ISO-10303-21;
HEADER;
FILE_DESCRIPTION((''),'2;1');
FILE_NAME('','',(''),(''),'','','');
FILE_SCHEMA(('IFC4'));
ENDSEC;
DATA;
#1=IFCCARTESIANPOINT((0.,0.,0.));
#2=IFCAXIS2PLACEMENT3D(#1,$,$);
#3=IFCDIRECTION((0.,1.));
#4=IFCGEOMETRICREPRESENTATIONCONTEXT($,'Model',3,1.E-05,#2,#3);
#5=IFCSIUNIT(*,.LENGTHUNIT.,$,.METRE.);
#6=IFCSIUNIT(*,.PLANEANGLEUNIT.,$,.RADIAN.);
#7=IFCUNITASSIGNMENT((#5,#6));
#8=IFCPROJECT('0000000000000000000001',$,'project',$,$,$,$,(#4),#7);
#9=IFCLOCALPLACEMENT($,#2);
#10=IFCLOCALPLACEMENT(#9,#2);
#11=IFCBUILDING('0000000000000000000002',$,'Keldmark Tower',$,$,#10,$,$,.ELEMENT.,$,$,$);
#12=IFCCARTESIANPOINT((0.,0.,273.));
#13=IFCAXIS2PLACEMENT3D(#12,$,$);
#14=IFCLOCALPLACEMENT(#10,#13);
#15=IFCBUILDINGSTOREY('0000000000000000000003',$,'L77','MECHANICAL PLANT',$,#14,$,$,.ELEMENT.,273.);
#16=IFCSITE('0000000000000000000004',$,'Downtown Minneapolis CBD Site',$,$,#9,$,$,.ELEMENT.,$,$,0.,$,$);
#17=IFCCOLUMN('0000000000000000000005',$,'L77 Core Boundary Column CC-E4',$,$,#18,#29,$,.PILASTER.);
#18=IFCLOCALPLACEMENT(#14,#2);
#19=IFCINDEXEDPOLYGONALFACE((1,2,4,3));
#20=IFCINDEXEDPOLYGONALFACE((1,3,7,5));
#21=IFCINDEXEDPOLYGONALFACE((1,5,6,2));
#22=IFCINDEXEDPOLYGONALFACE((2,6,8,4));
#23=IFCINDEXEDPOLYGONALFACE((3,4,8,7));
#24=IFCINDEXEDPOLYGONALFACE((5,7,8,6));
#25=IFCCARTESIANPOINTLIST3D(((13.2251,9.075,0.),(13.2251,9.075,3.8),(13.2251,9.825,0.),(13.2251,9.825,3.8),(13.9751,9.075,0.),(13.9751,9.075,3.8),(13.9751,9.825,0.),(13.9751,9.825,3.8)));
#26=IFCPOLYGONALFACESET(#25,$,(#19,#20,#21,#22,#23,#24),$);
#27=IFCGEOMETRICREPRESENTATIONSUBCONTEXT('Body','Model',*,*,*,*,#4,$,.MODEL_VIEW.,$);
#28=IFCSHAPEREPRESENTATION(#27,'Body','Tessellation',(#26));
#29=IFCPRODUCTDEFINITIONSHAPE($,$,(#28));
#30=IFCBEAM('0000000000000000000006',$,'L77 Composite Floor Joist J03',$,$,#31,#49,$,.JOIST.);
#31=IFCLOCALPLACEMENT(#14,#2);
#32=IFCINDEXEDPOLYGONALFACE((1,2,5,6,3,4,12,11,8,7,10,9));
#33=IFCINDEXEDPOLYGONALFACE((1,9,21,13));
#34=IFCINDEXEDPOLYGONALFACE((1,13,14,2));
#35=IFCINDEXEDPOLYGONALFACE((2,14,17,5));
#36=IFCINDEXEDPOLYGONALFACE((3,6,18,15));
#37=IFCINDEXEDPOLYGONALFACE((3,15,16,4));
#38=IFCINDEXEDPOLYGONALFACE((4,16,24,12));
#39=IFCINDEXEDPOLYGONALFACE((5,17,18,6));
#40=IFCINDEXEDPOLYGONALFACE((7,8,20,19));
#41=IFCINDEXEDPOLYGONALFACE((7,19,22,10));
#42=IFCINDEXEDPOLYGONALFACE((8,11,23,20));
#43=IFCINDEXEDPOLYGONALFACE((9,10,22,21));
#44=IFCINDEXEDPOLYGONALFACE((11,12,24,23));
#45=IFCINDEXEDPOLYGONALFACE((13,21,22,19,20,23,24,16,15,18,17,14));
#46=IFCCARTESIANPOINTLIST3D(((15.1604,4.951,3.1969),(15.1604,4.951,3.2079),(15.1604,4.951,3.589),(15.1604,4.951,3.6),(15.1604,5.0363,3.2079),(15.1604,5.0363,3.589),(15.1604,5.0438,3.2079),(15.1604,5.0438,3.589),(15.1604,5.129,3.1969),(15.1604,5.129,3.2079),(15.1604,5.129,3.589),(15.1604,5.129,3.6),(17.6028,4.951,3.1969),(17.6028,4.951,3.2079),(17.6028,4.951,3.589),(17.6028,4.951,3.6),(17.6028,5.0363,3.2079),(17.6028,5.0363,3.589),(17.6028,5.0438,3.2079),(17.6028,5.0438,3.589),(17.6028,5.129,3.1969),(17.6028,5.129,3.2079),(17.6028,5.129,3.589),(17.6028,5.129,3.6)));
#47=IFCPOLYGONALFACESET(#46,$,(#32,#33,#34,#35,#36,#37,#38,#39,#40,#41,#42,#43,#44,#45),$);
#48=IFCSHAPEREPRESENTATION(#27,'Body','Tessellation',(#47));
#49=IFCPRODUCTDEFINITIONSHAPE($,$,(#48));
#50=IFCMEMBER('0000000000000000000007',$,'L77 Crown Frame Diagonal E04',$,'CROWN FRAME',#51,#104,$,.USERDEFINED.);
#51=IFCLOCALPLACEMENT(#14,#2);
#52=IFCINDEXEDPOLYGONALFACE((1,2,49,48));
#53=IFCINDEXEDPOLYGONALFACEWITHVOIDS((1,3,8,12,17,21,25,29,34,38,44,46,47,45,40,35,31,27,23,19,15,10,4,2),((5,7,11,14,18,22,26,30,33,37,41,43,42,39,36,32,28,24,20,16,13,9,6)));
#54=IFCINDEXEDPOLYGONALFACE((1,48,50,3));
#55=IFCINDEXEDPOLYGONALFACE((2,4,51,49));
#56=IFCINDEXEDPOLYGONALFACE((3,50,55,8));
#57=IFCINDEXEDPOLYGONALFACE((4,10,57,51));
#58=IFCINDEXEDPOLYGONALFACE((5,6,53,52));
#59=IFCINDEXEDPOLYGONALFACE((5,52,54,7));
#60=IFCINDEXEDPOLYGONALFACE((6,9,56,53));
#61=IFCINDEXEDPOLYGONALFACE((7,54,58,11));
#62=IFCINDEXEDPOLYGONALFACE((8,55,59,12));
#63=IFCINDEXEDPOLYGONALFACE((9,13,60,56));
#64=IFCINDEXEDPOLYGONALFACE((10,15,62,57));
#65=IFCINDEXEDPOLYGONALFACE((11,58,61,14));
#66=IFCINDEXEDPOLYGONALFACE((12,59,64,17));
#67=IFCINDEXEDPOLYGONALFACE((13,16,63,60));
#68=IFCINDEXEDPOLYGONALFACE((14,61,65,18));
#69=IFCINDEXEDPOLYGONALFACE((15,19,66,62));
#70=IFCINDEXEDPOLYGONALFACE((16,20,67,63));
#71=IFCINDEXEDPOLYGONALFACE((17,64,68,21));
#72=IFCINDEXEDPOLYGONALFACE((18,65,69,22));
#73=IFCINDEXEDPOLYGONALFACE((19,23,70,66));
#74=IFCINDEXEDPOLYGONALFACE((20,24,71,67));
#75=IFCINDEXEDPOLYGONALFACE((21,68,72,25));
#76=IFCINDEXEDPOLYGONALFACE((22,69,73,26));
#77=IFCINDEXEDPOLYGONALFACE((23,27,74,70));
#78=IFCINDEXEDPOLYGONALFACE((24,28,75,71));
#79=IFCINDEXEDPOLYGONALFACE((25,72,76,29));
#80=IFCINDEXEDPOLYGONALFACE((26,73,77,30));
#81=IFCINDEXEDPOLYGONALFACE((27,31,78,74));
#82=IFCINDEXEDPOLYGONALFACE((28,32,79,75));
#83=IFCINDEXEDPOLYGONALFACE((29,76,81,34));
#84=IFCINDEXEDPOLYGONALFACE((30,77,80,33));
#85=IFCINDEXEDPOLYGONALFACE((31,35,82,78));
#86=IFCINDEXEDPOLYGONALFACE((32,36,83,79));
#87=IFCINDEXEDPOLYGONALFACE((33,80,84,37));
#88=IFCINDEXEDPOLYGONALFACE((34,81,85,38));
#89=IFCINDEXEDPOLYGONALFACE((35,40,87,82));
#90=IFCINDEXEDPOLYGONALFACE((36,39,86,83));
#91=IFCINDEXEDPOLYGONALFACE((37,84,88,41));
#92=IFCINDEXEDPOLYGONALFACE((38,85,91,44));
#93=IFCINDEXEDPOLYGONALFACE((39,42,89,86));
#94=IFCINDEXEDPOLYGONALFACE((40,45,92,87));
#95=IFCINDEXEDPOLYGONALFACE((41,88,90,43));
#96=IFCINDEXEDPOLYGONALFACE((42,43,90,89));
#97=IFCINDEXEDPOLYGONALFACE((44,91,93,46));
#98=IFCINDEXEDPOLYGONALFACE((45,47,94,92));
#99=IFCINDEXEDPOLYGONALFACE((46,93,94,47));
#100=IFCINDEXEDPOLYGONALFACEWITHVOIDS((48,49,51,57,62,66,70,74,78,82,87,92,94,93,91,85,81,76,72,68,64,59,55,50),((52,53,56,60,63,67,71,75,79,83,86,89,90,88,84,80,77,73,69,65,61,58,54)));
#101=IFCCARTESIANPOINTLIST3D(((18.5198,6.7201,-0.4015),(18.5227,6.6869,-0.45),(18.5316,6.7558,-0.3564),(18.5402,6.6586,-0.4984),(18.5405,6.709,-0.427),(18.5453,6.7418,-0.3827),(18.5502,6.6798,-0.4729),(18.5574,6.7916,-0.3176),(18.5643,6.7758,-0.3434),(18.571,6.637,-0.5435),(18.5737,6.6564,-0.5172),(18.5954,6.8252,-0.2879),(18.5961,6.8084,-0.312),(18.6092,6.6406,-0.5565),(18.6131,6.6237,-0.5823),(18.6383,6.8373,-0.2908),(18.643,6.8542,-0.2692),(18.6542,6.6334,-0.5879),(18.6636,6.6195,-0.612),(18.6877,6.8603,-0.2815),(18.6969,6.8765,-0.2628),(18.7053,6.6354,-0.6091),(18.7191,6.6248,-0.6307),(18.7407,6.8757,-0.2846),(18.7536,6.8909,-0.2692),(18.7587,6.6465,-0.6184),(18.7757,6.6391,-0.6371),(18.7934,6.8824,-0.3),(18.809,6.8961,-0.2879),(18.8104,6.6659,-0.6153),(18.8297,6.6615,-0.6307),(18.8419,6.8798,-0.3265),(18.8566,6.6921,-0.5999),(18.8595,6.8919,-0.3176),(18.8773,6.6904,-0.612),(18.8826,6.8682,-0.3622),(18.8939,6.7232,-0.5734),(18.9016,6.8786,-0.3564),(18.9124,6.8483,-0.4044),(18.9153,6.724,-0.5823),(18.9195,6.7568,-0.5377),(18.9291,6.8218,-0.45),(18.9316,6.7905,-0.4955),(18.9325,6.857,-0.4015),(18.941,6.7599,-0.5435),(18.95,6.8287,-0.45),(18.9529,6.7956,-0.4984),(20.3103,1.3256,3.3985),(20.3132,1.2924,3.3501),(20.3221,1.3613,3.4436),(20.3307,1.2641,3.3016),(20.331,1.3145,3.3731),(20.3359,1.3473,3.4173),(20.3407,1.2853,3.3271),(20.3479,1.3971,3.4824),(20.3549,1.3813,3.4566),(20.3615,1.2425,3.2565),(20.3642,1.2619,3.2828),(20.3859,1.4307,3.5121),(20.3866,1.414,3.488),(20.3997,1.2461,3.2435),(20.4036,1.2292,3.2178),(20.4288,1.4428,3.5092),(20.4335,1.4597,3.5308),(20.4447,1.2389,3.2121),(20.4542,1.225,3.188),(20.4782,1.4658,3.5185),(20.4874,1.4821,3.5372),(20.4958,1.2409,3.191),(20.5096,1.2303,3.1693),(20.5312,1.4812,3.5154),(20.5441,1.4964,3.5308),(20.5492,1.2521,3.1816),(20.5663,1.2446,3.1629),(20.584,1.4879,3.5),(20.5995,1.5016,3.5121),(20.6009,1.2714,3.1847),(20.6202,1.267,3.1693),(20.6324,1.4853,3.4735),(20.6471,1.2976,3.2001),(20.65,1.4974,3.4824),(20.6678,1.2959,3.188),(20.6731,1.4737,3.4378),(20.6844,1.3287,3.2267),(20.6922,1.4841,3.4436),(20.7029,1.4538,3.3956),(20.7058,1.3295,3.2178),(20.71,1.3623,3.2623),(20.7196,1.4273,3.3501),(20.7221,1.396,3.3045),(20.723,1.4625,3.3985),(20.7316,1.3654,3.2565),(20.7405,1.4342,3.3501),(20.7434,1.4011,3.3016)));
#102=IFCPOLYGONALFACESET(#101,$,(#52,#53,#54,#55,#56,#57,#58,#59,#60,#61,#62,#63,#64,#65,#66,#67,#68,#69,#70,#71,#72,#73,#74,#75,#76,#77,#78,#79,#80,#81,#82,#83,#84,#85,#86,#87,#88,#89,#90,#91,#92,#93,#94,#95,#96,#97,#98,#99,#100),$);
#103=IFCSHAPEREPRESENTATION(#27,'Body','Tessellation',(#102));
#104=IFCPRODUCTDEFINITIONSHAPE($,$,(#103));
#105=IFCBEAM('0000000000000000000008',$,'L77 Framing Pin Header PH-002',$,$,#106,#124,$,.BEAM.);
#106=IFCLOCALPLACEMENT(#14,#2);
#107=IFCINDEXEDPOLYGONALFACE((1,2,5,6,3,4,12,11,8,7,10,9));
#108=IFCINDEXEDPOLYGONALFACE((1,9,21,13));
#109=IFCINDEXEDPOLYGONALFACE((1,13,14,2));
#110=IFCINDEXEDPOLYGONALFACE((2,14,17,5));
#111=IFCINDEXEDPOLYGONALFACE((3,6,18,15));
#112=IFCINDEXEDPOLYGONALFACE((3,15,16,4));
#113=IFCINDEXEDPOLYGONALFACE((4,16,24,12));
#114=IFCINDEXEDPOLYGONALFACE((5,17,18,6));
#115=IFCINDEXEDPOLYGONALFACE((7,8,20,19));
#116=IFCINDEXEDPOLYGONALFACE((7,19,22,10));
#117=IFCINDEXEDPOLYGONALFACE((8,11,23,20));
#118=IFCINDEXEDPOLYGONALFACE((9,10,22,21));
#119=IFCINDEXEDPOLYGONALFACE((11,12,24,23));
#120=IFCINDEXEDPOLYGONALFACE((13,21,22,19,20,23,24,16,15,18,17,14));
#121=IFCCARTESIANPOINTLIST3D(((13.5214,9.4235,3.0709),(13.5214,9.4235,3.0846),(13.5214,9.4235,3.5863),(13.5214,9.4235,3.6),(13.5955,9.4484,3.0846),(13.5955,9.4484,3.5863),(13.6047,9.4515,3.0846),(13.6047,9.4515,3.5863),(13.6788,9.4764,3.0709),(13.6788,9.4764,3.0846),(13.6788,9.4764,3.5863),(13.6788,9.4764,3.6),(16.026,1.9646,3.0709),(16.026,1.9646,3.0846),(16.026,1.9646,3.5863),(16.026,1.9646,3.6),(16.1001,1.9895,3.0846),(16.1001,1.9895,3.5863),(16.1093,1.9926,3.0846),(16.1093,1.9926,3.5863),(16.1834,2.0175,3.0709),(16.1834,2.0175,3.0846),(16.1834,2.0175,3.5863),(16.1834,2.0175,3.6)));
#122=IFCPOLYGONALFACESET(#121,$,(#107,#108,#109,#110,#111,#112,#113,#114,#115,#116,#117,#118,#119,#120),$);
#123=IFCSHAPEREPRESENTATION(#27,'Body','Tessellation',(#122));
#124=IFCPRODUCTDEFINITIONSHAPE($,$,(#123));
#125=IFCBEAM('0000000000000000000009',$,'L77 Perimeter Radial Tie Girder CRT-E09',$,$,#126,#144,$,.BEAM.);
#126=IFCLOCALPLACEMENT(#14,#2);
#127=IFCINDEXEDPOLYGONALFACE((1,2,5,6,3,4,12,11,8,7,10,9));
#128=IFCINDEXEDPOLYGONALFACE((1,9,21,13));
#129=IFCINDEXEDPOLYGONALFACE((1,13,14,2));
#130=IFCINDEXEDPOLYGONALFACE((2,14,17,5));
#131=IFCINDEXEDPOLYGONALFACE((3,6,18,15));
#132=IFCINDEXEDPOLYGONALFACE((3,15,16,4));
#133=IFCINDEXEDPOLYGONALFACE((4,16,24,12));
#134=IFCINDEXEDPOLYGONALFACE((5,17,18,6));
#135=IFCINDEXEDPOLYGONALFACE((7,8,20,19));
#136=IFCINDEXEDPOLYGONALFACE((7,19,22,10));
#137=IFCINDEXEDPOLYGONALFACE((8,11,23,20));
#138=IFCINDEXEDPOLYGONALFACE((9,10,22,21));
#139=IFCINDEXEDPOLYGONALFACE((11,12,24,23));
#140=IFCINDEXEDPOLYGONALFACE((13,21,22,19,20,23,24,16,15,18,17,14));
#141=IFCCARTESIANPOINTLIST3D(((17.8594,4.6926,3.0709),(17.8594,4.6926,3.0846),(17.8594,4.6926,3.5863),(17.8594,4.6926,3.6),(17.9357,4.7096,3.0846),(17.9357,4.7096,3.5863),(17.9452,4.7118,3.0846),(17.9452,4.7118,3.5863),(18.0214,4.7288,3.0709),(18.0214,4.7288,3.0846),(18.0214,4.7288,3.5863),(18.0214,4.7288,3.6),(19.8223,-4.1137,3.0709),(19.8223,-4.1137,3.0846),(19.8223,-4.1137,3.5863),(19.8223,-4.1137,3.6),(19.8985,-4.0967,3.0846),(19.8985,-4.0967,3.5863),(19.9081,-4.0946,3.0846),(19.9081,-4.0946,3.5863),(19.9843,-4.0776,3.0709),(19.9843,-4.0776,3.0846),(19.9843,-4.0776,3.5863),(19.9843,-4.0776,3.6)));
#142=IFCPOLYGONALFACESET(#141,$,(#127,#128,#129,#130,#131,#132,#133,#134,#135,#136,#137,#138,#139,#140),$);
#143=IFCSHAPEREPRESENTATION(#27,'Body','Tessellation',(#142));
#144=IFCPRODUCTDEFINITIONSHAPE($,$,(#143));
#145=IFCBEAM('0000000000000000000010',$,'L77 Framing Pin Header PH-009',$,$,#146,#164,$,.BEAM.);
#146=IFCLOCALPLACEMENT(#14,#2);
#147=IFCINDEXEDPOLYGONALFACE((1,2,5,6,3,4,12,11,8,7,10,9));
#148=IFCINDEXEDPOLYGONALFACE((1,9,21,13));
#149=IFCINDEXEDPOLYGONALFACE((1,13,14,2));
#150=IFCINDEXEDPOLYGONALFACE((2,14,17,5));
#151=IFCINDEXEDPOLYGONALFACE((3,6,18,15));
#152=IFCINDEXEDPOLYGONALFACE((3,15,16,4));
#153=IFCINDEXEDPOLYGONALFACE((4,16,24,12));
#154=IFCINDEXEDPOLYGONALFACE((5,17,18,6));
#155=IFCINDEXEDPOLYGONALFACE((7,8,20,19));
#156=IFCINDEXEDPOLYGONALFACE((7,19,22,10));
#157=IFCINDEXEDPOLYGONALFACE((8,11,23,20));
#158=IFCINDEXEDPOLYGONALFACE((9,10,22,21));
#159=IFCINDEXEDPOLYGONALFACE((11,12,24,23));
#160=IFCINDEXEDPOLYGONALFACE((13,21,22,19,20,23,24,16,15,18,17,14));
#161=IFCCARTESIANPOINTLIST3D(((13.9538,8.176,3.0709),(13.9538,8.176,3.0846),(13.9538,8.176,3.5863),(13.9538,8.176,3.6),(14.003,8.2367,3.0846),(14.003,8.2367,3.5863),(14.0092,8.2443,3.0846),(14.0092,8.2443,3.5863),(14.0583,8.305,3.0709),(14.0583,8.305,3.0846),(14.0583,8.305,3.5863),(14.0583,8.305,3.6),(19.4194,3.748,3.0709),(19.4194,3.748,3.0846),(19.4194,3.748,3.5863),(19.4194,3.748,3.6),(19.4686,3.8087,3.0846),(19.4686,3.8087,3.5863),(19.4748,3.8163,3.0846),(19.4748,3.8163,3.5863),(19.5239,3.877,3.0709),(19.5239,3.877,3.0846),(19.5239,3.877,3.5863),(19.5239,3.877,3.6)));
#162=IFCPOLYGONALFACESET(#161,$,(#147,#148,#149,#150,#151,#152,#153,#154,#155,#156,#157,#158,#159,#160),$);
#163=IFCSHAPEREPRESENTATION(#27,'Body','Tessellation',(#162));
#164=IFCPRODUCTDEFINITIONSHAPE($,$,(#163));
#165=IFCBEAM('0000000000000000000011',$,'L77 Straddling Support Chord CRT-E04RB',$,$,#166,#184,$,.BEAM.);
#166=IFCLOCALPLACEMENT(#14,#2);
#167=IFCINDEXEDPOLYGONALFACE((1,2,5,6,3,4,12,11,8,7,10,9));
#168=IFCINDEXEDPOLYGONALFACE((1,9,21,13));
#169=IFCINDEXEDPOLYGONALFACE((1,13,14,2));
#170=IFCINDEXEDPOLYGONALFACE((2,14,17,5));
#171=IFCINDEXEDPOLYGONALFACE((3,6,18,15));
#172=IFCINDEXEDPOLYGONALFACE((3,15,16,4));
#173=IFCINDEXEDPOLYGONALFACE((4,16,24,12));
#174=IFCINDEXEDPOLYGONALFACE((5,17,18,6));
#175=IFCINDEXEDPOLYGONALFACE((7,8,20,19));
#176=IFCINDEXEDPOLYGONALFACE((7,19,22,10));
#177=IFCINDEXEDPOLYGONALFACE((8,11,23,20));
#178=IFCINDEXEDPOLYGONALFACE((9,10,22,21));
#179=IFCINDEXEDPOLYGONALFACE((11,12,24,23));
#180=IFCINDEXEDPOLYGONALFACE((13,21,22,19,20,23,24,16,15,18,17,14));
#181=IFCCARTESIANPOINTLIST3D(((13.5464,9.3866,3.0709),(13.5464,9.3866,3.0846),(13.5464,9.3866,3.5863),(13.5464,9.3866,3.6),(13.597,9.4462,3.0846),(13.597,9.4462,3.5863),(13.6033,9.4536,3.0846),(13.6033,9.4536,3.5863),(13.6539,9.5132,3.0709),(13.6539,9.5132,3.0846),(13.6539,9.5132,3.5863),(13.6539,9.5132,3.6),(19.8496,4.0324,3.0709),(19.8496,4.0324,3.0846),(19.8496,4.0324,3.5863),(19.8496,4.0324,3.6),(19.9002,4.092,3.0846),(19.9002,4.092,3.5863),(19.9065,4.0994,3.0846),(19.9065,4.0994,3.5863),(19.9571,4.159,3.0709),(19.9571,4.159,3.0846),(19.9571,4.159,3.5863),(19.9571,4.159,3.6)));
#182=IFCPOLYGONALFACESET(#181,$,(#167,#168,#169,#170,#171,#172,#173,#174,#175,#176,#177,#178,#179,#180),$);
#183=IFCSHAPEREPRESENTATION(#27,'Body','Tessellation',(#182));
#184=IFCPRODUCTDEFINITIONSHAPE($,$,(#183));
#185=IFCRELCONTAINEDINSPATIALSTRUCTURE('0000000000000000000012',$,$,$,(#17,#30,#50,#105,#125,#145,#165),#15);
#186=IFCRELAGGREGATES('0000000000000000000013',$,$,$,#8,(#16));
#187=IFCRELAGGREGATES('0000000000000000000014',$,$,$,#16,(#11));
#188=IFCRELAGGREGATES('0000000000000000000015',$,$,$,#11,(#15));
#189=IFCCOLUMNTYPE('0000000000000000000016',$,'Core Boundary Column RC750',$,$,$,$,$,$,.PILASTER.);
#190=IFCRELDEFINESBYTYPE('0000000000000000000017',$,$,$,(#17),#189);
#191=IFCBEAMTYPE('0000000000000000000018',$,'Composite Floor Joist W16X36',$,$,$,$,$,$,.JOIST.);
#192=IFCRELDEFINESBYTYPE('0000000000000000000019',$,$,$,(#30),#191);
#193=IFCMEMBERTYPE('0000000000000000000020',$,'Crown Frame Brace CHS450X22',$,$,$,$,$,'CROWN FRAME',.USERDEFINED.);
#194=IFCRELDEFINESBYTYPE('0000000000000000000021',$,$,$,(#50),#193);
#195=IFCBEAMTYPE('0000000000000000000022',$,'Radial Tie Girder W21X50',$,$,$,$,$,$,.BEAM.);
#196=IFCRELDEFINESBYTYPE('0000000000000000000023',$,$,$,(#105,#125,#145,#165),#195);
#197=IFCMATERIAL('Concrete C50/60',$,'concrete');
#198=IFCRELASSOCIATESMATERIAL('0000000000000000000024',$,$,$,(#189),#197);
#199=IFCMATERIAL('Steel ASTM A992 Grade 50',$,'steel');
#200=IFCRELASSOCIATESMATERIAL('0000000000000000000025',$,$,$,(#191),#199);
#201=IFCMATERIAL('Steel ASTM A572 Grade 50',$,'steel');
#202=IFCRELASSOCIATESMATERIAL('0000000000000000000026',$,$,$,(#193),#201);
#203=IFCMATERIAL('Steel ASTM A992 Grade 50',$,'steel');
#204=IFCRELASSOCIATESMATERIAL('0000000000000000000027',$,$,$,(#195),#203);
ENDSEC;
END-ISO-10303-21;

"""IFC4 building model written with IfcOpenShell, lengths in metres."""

from ifc_helpers import new_model, si_unit, direction, frame, origin, origin_2d, place, context, subcontext, project, spatial, rectangle, hollow_circle, i_section, extrude, material, material_profile, profile_set, type_object, element, save


model = new_model("IFC4")

# Units and contexts
model_context = context("Model", 3, precision=1e-05, world=origin(), true_north=direction((0.0, 1.0)))
body_context = subcontext(model_context, "Body", "Model", "MODEL_VIEW")
ifc_project = project(units=[si_unit("LENGTHUNIT", "METRE"), si_unit("PLANEANGLEUNIT", "RADIAN")], contexts=[model_context])

# Site, building, storey
site_placement = place(None, origin())
site = spatial("IfcSite", under=ifc_project, at=site_placement, Name="Downtown Minneapolis CBD Site", CompositionType="ELEMENT", RefElevation=0.0)
building_placement = place(site_placement, origin())
building = spatial("IfcBuilding", under=site, at=building_placement, Name="Keldmark Tower", CompositionType="ELEMENT")
storey_placement = place(building_placement, frame((0.0, 0.0, 273.0)))
storey = spatial("IfcBuildingStorey", under=building, at=storey_placement, Name="L77", Description="MECHANICAL PLANT", CompositionType="ELEMENT", Elevation=273.0)

# Column
ifc_material_1 = material(Name="Concrete C50/60", Category="concrete")
ifc_material_profile_1 = material_profile(ifc_material_1, rectangle(XDim=0.75, YDim=0.75, at=origin_2d()), Name="RC750X750")
ifc_profile_set_1 = profile_set([ifc_material_profile_1], Name="Concrete C50/60")
column_type = type_object("IfcColumnType", Name="Core Boundary Column RC750", PredefinedType="PILASTER", material=ifc_profile_set_1)
column_placement = place(storey_placement, frame((13.6001, 9.45, 0.0), z_axis=(0.0, 0.0, 1.0), x_axis=(1.0, 0.0, 0.0)))
element("IfcColumn", 1, at=column_placement, inside=storey, type_object=column_type, Name="L77 Core Boundary Column CC-E4", PredefinedType="PILASTER", context=body_context, shape_type="SweptSolid", body=[
    extrude(rectangle(XDim=0.75, YDim=0.75, at=origin_2d()), origin(), (0.0, 0.0, 1.0), 3.8),
])

# Beam
ifc_material_2 = material(Name="Steel ASTM A992 Grade 50", Category="steel")
ifc_material_profile_2 = material_profile(ifc_material_2, i_section(OverallWidth=0.178, OverallDepth=0.4031, WebThickness=0.0076, FlangeThickness=0.011, at=origin_2d()), Name="W16X36")
ifc_profile_set_2 = profile_set([ifc_material_profile_2], Name="Steel ASTM A992 Grade 50")
beam_type_1 = type_object("IfcBeamType", Name="Composite Floor Joist W16X36", PredefinedType="JOIST", material=ifc_profile_set_2)
beam_1_placement = place(storey_placement, frame((15.1604, 5.04, 3.3984), z_axis=(1.0, 0.0, 0.0), x_axis=(0.0, 1.0, 0.0)))
element("IfcBeam", 2, at=beam_1_placement, inside=storey, type_object=beam_type_1, Name="L77 Composite Floor Joist J03", PredefinedType="JOIST", context=body_context, shape_type="SweptSolid", body=[
    extrude(i_section(OverallWidth=0.178, OverallDepth=0.4031, WebThickness=0.0076, FlangeThickness=0.011, at=origin_2d()), origin(), (0.0, 0.0, 1.0), 2.4424),
])

# Member
ifc_material_3 = material(Name="Steel ASTM A572 Grade 50", Category="steel")
ifc_material_profile_3 = material_profile(ifc_material_3, hollow_circle(Radius=0.2251, WallThickness=0.022, at=origin_2d()), Name="CHS450X22")
ifc_profile_set_3 = profile_set([ifc_material_profile_3], Name="Steel ASTM A572 Grade 50")
member_type = type_object("IfcMemberType", Name="Crown Frame Brace CHS450X22", ElementType="CROWN FRAME", PredefinedType="USERDEFINED", material=ifc_profile_set_3)
member_placement = place(storey_placement, frame((18.7363, 6.7578, -0.45), z_axis=(0.26188, -0.788997, 0.55579), x_axis=(0.949086, 0.315016, 0.0)))
element("IfcMember", 3, at=member_placement, inside=storey, type_object=member_type, Name="L77 Crown Frame Diagonal E04", ObjectType="CROWN FRAME", PredefinedType="USERDEFINED", context=body_context, shape_type="SweptSolid", body=[
    extrude(hollow_circle(Radius=0.2251, WallThickness=0.022, at=origin_2d()), origin(), (0.0, 0.0, 1.0), 6.8372),
])

# Beams
ifc_material_4 = material(Name="Steel ASTM A992 Grade 50", Category="steel")
ifc_material_profile_4 = material_profile(ifc_material_4, i_section(OverallWidth=0.166, OverallDepth=0.5291, WebThickness=0.0098, FlangeThickness=0.0137, at=origin_2d()), Name="W21X50")
ifc_profile_set_4 = profile_set([ifc_material_profile_4], Name="Steel ASTM A992 Grade 50")
beam_type_2 = type_object("IfcBeamType", Name="Radial Tie Girder W21X50", PredefinedType="BEAM", material=ifc_profile_set_4)
beam_2_placement = place(storey_placement, frame((13.6001, 9.45, 3.3354), z_axis=(0.318321, -0.947983, 0.0), x_axis=(0.947983, 0.318321, 0.0)))
element("IfcBeam", 4, at=beam_2_placement, inside=storey, type_object=beam_type_2, Name="L77 Framing Pin Header PH-002", PredefinedType="BEAM", context=body_context, shape_type="SweptSolid", body=[
    extrude(i_section(OverallWidth=0.166, OverallDepth=0.5291, WebThickness=0.0098, FlangeThickness=0.0137, at=origin_2d()), origin(), (0.0, 0.0, 1.0), 7.8682),
])
beam_3_placement = place(storey_placement, frame((17.9404, 4.7107, 3.3354), z_axis=(0.217555, -0.976048, 0.0), x_axis=(0.976048, 0.217555, 0.0)))
element("IfcBeam", 5, at=beam_3_placement, inside=storey, type_object=beam_type_2, Name="L77 Perimeter Radial Tie Girder CRT-E09", PredefinedType="BEAM", context=body_context, shape_type="SweptSolid", body=[
    extrude(i_section(OverallWidth=0.166, OverallDepth=0.5291, WebThickness=0.0098, FlangeThickness=0.0137, at=origin_2d()), origin(), (0.0, 0.0, 1.0), 9.0225),
])
beam_4_placement = place(storey_placement, frame((19.4717, 3.8125, 3.3354), z_axis=(-0.777004, 0.629496, 0.0), x_axis=(-0.629496, -0.777004, 0.0)))
element("IfcBeam", 6, at=beam_4_placement, inside=storey, type_object=beam_type_2, Name="L77 Framing Pin Header PH-009", PredefinedType="BEAM", context=body_context, shape_type="SweptSolid", body=[
    extrude(i_section(OverallWidth=0.166, OverallDepth=0.5291, WebThickness=0.0098, FlangeThickness=0.0137, at=origin_2d()), origin(), (0.0, 0.0, 1.0), 7.0342),
])
beam_5_placement = place(storey_placement, frame((19.9033, 4.0957, 3.3354), z_axis=(-0.762148, 0.647403, 0.0), x_axis=(-0.647403, -0.762148, 0.0)))
element("IfcBeam", 7, at=beam_5_placement, inside=storey, type_object=beam_type_2, Name="L77 Straddling Support Chord CRT-E04RB", PredefinedType="BEAM", context=body_context, shape_type="SweptSolid", body=[
    extrude(i_section(OverallWidth=0.166, OverallDepth=0.5291, WebThickness=0.0098, FlangeThickness=0.0137, at=origin_2d()), origin(), (0.0, 0.0, 1.0), 8.2703),
])

save(model, "model.ifc")
